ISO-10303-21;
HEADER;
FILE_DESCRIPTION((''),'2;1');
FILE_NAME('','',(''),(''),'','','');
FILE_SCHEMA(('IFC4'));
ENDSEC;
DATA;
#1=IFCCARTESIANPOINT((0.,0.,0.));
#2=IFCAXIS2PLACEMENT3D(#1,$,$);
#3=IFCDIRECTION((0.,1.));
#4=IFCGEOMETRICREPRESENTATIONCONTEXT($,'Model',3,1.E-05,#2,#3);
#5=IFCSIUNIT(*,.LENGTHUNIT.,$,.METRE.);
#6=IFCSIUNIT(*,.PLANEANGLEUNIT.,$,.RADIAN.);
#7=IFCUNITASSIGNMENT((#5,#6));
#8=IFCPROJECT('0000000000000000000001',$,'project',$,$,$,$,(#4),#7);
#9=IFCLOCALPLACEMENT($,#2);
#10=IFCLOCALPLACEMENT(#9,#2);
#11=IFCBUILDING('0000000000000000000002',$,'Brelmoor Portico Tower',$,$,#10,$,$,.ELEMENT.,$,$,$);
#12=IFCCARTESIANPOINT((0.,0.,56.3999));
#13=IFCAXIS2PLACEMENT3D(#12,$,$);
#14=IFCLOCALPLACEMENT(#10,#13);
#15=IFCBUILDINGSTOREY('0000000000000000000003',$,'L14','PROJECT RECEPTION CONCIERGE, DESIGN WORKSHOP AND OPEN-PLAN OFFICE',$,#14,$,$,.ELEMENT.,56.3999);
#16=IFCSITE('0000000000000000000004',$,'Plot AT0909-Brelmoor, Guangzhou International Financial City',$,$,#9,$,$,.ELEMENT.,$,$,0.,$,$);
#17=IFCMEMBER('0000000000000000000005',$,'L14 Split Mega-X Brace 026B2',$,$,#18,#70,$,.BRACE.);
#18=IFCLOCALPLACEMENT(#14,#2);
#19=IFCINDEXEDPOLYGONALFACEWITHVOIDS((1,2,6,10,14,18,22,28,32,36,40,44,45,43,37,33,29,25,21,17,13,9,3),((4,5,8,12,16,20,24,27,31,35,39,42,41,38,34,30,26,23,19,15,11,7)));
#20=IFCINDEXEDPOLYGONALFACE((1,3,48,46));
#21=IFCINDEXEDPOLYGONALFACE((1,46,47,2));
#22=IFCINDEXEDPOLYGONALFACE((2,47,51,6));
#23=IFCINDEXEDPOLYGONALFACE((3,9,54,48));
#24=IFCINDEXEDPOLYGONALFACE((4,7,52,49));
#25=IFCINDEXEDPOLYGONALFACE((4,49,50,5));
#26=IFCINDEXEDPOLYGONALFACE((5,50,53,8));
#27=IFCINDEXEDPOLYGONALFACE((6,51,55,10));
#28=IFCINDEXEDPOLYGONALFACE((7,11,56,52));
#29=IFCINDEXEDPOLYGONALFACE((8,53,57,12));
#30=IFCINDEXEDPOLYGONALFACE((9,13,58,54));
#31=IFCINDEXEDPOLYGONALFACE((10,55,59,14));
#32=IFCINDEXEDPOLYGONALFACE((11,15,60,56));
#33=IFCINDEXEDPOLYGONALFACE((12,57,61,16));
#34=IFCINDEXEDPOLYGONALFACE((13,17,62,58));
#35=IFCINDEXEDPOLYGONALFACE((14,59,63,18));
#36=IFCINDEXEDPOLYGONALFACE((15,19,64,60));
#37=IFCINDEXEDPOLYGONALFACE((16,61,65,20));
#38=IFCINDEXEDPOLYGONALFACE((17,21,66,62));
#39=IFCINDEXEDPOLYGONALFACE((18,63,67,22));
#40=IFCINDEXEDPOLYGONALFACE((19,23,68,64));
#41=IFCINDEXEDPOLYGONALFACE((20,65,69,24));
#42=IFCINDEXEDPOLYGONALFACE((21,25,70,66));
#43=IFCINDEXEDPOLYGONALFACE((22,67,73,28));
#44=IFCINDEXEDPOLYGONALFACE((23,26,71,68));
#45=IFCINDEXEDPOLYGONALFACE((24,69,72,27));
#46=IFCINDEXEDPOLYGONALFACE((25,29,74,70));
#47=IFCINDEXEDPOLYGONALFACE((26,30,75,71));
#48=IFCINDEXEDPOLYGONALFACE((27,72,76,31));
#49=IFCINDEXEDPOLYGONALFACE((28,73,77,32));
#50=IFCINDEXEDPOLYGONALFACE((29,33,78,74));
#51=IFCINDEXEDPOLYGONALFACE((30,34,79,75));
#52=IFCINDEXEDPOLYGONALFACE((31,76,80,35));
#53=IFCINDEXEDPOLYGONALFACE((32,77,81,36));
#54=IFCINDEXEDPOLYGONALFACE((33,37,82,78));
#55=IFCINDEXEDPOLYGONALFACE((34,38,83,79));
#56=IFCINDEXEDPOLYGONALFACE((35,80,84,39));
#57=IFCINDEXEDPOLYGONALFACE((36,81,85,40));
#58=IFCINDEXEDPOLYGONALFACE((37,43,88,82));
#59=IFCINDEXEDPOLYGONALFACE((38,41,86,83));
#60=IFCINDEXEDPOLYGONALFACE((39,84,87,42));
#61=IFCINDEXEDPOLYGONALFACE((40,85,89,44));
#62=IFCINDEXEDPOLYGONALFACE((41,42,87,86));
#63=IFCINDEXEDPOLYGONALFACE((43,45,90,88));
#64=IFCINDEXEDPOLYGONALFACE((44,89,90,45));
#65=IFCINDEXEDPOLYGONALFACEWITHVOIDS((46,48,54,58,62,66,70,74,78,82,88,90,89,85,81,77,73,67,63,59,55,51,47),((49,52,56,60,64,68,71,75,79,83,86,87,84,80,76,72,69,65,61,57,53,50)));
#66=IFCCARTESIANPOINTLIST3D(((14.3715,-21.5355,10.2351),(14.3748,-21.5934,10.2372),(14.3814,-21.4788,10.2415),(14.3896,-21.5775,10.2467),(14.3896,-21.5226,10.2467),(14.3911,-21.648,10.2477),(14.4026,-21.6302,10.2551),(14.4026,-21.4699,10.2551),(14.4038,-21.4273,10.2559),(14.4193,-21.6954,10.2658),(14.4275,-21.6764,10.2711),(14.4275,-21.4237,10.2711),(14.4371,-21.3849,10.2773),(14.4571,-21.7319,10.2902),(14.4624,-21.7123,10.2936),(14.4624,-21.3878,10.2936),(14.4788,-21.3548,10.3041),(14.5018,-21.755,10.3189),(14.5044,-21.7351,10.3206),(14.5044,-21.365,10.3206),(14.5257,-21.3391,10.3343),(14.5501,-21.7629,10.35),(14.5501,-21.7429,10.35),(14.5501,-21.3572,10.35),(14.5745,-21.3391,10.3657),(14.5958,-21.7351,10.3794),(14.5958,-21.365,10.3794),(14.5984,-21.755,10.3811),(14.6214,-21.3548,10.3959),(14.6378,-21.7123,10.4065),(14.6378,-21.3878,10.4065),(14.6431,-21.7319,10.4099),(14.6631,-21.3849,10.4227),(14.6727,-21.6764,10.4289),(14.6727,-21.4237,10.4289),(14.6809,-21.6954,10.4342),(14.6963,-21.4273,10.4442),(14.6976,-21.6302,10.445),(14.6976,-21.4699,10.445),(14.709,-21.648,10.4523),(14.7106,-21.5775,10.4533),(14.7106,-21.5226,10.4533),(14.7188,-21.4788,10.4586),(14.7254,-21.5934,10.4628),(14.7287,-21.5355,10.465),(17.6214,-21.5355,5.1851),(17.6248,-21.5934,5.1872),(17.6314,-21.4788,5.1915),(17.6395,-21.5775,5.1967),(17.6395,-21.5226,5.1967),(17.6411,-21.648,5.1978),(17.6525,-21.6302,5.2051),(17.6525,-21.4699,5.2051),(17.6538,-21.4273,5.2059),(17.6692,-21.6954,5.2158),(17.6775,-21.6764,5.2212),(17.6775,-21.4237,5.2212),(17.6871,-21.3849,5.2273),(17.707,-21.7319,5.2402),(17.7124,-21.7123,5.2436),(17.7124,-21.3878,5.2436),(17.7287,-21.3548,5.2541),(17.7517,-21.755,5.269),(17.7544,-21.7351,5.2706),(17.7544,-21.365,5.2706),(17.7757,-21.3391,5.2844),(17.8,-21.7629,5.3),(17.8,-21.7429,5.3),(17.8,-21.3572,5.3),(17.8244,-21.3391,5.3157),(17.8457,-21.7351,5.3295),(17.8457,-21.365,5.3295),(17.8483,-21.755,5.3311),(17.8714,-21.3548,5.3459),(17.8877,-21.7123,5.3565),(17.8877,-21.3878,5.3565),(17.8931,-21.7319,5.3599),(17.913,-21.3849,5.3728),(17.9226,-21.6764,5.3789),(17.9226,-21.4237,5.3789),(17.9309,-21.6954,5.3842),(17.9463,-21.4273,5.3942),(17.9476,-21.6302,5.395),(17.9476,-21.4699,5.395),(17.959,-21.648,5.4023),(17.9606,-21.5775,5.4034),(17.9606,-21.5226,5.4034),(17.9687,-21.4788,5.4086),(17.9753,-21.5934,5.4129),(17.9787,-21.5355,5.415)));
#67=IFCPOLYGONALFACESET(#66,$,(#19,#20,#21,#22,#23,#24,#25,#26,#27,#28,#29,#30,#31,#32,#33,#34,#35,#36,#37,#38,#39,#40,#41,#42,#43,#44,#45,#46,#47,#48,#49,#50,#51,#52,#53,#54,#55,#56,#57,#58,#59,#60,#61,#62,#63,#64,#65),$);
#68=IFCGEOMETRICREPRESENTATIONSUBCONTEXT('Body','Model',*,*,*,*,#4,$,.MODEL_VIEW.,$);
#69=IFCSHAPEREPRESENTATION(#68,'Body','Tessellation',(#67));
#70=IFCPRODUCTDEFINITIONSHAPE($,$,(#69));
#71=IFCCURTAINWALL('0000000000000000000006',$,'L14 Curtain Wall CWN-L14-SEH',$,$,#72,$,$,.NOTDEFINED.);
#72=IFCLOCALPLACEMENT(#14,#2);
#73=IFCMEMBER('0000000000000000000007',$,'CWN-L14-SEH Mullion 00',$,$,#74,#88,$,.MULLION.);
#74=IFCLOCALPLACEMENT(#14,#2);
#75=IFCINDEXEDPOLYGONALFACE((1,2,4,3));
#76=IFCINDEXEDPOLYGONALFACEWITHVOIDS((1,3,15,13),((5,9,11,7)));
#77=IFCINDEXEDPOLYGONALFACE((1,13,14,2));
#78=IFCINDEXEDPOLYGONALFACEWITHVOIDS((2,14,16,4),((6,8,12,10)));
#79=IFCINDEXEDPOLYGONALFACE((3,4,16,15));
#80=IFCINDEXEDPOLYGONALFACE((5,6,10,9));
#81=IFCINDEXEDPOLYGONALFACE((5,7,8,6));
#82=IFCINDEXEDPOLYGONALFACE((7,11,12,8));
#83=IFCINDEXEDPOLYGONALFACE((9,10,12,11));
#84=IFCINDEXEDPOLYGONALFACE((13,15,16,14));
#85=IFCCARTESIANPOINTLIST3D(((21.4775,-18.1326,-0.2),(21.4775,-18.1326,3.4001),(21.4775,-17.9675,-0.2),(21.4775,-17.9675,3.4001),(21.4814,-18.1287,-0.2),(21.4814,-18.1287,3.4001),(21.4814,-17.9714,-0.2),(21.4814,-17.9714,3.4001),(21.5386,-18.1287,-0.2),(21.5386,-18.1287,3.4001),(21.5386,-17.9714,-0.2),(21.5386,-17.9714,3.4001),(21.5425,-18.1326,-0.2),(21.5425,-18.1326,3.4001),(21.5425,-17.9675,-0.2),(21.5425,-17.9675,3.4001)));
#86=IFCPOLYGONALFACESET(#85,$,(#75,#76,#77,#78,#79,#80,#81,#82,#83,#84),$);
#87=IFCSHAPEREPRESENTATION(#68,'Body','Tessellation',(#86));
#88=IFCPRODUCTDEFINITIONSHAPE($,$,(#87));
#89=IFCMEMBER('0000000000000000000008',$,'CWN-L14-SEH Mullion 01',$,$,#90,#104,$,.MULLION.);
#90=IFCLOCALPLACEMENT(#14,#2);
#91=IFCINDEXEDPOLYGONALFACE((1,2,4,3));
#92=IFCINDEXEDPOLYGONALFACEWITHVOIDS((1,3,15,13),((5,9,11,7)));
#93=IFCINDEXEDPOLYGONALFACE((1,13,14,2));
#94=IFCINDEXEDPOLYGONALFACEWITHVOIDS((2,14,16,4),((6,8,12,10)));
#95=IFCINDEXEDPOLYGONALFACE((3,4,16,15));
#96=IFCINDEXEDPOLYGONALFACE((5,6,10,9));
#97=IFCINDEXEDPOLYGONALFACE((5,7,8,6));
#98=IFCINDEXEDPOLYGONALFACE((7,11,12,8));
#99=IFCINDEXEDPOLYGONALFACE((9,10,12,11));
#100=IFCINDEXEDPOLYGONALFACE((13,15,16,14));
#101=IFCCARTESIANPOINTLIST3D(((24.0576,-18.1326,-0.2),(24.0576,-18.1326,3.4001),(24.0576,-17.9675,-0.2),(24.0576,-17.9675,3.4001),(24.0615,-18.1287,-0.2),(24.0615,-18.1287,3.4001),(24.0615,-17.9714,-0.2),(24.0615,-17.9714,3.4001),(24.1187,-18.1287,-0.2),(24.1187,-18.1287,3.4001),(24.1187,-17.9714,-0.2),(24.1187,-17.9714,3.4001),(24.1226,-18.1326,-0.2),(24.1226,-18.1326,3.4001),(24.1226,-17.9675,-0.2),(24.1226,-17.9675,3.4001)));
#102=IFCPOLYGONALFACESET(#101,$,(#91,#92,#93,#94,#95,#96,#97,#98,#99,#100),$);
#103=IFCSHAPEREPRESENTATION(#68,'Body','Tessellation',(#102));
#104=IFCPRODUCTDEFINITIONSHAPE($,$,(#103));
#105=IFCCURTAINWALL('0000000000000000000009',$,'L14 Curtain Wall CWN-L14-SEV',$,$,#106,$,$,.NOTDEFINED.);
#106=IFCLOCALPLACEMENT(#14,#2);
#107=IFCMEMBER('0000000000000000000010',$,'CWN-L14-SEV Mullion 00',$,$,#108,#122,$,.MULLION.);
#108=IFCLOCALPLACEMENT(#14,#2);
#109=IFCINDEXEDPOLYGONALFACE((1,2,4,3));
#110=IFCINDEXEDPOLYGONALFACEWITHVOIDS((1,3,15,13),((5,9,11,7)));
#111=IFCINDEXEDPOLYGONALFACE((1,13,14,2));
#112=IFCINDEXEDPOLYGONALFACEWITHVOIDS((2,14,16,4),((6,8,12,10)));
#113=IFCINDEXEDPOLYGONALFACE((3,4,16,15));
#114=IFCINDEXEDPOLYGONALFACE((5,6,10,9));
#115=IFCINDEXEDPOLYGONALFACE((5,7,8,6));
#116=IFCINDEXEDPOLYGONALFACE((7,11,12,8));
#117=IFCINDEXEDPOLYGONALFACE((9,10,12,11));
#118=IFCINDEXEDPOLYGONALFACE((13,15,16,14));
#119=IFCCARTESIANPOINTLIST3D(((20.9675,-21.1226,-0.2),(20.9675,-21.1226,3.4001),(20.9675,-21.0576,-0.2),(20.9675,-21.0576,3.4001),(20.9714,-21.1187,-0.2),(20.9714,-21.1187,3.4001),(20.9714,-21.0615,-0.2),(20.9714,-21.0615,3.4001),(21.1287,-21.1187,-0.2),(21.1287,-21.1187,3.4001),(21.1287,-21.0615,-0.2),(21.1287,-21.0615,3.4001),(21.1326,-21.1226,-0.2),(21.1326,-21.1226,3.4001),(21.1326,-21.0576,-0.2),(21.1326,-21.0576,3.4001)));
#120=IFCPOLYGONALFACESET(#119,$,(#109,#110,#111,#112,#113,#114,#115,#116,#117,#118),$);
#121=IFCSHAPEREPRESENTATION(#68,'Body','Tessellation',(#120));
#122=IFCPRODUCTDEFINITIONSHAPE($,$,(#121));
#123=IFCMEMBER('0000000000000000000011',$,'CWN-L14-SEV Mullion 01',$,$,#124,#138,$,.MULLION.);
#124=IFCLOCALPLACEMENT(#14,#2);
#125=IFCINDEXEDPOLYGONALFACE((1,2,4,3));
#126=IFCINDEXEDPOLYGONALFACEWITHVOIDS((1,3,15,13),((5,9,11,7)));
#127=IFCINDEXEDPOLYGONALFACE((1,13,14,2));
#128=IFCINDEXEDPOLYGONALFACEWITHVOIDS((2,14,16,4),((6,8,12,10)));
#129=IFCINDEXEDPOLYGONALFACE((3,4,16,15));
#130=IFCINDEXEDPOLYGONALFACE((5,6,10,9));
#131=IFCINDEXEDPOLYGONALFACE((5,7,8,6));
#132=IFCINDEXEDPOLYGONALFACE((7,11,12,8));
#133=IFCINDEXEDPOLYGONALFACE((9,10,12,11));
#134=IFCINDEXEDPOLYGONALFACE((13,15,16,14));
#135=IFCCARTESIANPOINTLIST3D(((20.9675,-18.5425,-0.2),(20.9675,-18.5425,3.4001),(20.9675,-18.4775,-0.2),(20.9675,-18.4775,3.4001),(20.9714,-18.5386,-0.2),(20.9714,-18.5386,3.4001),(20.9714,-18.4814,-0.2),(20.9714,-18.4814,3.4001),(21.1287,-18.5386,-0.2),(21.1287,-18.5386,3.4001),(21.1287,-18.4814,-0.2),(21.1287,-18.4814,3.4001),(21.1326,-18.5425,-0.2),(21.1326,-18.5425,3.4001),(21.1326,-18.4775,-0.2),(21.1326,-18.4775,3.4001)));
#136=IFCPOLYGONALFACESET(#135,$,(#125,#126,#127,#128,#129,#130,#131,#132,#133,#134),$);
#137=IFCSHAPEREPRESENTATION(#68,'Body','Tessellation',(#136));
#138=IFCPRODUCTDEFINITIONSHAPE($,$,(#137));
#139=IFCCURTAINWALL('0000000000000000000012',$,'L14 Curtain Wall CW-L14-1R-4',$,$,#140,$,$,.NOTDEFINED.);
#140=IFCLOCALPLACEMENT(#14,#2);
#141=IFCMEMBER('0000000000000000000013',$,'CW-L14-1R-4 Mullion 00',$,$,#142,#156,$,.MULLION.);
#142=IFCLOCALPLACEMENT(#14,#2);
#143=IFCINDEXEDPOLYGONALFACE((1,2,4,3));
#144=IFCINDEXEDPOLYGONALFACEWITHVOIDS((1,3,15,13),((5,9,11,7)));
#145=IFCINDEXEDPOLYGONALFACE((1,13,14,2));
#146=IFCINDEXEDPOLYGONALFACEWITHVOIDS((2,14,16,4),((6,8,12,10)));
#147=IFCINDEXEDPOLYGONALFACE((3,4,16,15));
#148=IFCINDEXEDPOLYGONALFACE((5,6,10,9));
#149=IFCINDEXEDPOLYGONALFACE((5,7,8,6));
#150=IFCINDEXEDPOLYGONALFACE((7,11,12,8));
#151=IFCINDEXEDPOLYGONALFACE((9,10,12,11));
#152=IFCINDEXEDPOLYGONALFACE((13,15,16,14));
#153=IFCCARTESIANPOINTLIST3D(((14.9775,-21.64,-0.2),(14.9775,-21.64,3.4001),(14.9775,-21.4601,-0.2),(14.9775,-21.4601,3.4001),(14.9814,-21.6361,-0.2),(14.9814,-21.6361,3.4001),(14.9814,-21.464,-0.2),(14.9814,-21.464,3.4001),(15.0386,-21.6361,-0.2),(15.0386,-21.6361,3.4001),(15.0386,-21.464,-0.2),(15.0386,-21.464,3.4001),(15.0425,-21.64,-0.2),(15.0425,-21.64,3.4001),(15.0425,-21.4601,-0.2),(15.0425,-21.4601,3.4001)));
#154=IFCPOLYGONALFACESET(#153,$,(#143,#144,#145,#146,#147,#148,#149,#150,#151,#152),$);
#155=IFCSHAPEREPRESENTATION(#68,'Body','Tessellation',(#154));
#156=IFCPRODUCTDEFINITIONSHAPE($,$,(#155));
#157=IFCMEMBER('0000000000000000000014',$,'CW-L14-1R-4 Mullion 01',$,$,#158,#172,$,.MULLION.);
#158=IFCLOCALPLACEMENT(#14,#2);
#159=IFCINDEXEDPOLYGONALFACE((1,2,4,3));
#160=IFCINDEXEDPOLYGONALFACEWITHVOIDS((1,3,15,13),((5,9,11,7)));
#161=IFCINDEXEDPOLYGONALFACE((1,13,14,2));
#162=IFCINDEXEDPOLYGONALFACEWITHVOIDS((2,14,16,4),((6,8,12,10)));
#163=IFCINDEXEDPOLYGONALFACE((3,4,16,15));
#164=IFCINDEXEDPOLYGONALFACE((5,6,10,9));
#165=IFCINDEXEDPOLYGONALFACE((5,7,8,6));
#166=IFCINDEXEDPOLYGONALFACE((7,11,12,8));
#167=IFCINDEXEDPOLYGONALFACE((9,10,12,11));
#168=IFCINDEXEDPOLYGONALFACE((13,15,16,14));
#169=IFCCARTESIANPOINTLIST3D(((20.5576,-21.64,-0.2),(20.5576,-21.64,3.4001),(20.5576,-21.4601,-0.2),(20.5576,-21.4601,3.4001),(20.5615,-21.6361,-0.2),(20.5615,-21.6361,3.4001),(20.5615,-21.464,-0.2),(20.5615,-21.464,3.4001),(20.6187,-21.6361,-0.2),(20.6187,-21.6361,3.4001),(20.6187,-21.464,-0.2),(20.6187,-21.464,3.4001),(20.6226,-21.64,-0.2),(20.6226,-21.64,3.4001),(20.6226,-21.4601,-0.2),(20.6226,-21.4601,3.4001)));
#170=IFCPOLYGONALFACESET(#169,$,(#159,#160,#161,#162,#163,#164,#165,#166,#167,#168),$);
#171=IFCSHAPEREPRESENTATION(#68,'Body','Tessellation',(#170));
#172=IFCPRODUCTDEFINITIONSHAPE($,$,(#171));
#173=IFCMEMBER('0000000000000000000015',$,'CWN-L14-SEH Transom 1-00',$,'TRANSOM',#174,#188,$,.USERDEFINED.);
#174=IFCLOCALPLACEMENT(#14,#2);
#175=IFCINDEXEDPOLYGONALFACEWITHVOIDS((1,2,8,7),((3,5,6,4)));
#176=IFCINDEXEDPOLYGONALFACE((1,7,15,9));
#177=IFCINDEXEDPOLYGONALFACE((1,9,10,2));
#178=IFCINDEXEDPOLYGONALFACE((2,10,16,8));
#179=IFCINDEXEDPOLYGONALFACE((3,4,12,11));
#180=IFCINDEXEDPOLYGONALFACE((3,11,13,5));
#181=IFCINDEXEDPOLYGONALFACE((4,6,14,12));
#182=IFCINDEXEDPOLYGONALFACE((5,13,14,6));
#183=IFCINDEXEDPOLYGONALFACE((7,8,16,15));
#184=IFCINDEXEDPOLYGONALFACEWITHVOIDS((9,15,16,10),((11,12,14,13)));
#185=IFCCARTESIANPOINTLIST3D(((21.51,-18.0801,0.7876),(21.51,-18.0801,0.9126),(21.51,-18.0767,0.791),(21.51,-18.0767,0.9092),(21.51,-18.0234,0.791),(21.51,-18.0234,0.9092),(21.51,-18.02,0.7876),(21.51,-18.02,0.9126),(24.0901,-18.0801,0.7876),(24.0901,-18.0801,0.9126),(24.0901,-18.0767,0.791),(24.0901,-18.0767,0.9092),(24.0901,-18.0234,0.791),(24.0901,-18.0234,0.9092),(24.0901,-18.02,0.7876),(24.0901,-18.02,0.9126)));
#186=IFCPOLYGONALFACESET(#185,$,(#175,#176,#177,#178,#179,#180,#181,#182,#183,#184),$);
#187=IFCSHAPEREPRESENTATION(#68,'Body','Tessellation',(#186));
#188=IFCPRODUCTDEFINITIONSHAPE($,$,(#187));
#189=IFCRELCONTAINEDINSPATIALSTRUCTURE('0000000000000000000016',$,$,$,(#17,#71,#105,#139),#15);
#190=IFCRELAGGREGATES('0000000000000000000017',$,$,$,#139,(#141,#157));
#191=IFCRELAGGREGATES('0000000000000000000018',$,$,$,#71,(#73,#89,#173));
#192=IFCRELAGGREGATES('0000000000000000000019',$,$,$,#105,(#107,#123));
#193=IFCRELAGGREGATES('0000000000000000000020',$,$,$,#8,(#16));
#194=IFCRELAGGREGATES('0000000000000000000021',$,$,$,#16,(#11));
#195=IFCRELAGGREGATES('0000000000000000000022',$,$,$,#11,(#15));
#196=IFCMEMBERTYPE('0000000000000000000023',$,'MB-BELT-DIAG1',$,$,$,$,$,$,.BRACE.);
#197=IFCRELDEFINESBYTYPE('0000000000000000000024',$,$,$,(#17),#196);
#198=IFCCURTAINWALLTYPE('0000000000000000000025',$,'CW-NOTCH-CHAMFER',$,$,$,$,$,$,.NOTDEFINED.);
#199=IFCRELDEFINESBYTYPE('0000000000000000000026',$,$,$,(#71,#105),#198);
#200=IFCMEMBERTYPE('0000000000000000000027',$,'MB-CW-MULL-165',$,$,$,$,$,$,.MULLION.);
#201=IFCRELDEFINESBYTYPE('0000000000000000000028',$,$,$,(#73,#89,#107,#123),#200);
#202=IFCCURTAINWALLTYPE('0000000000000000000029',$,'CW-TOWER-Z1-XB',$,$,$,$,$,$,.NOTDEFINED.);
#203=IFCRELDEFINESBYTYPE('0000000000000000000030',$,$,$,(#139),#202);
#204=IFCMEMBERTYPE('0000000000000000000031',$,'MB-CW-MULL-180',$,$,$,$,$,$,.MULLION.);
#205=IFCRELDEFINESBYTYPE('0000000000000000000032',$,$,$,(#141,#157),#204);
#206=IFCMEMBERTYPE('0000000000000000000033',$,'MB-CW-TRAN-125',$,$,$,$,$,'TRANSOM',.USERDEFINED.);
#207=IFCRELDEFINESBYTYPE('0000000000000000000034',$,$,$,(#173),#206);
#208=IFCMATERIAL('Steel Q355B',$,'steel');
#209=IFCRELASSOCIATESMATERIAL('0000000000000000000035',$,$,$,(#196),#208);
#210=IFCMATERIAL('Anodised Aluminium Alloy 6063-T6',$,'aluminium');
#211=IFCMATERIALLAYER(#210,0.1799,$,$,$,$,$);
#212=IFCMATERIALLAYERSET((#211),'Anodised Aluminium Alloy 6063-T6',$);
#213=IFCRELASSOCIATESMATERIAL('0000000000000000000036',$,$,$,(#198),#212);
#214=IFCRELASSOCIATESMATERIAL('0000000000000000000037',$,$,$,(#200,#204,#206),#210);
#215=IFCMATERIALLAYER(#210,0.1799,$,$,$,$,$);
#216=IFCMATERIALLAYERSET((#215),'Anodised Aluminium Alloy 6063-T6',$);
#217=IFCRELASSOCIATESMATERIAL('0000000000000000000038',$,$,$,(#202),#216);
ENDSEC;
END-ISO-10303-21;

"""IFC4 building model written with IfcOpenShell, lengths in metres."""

from ifc_helpers import new_model, si_unit, direction, frame, origin, origin_2d, place, context, subcontext, project, spatial, hollow_rectangle, hollow_circle, extrude, material, layer, layer_set, material_profile, profile_set, type_object, element, aggregate, save


model = new_model("IFC4")

# Units and contexts
model_context = context("Model", 3, precision=1e-05, world=origin(), true_north=direction((0.0, 1.0)))
body_context = subcontext(model_context, "Body", "Model", "MODEL_VIEW")
ifc_project = project(units=[si_unit("LENGTHUNIT", "METRE"), si_unit("PLANEANGLEUNIT", "RADIAN")], contexts=[model_context])

# Site, building, storey
site_placement = place(None, origin())
site = spatial("IfcSite", under=ifc_project, at=site_placement, Name="Plot AT0909-Brelmoor, Guangzhou International Financial City", CompositionType="ELEMENT", RefElevation=0.0)
building_placement = place(site_placement, origin())
building = spatial("IfcBuilding", under=site, at=building_placement, Name="Brelmoor Portico Tower", CompositionType="ELEMENT")
storey_placement = place(building_placement, frame((0.0, 0.0, 56.3999)))
storey = spatial("IfcBuildingStorey", under=building, at=storey_placement, Name="L14", Description="PROJECT RECEPTION CONCIERGE, DESIGN WORKSHOP AND OPEN-PLAN OFFICE", CompositionType="ELEMENT", Elevation=56.3999)

# Shared definitions
ifc_material_1 = material(Name="Steel Q355B", Category="steel")

# Member
ifc_material_profile_1 = material_profile(ifc_material_1, hollow_circle(Radius=0.2129, WallThickness=0.02, at=origin_2d()), Name="CHS 426x20")
ifc_profile_set_1 = profile_set([ifc_material_profile_1], Name="Steel Q355B")
member_type_1 = type_object("IfcMemberType", Name="MB-BELT-DIAG1", PredefinedType="BRACE", material=ifc_profile_set_1)
for number, where, z_axis, x_axis, name in (
    (1, (17.8, -21.55, 5.3), (-0.541175, 0.0, 0.84091), (0.0, -1.0, 0.0), "L14 Split Mega-X Brace 026B2"),
):
    element("IfcMember", number, at=place(storey_placement, frame(where, z_axis=z_axis, x_axis=x_axis)), inside=storey, type_object=member_type_1, Name=name, PredefinedType="BRACE", context=body_context, shape_type="SweptSolid", body=[
        extrude(hollow_circle(Radius=0.2129, WallThickness=0.02, at=origin_2d()), origin(), (0.0, 0.0, 1.0), 6.0054),
    ])

# Curtain walls, members
ifc_material_2 = material(Name="Anodised Aluminium Alloy 6063-T6", Category="aluminium")
ifc_layer_1 = layer(ifc_material_2, 0.1799)
ifc_layer_set_1 = layer_set([ifc_layer_1], Name="Anodised Aluminium Alloy 6063-T6")
curtain_wall_type_1 = type_object("IfcCurtainWallType", Name="CW-NOTCH-CHAMFER", PredefinedType="NOTDEFINED", material=ifc_layer_set_1)
curtain_wall_1_placement = place(storey_placement, origin())
curtain_wall_1 = element("IfcCurtainWall", 2, at=curtain_wall_1_placement, inside=storey, type_object=curtain_wall_type_1, Name="L14 Curtain Wall CWN-L14-SEH", PredefinedType="NOTDEFINED")
ifc_material_profile_2 = material_profile(ifc_material_2, hollow_rectangle(XDim=0.0649, YDim=0.165, WallThickness=0.0039, at=origin_2d()), Name="ALU MULLION 65x165")
ifc_profile_set_2 = profile_set([ifc_material_profile_2], Name="Anodised Aluminium Alloy 6063-T6")
member_type_2 = type_object("IfcMemberType", Name="MB-CW-MULL-165", PredefinedType="MULLION", material=ifc_profile_set_2)
member_1_placement = place(storey_placement, frame((21.51, -18.05, -0.2), z_axis=(0.0, 0.0, 1.0), x_axis=(1.0, 0.0, 0.0)))
member_1 = element("IfcMember", 3, at=member_1_placement, type_object=member_type_2, Name="CWN-L14-SEH Mullion 00", PredefinedType="MULLION", context=body_context, shape_type="SweptSolid", body=[
    extrude(hollow_rectangle(XDim=0.0649, YDim=0.165, WallThickness=0.0039, at=origin_2d()), origin(), (0.0, 0.0, 1.0), 3.6001),
])
member_2_placement = place(storey_placement, frame((24.0901, -18.05, -0.2), z_axis=(0.0, 0.0, 1.0), x_axis=(1.0, 0.0, 0.0)))
member_2 = element("IfcMember", 4, at=member_2_placement, type_object=member_type_2, Name="CWN-L14-SEH Mullion 01", PredefinedType="MULLION", context=body_context, shape_type="SweptSolid", body=[
    extrude(hollow_rectangle(XDim=0.0649, YDim=0.165, WallThickness=0.0039, at=origin_2d()), origin(), (0.0, 0.0, 1.0), 3.6001),
])
curtain_wall_2_placement = place(storey_placement, origin())
curtain_wall_2 = element("IfcCurtainWall", 5, at=curtain_wall_2_placement, inside=storey, type_object=curtain_wall_type_1, Name="L14 Curtain Wall CWN-L14-SEV", PredefinedType="NOTDEFINED")
member_3_placement = place(storey_placement, frame((21.05, -21.0901, -0.2), z_axis=(0.0, 0.0, 1.0), x_axis=(0.0, 1.0, 0.0)))
member_3 = element("IfcMember", 6, at=member_3_placement, type_object=member_type_2, Name="CWN-L14-SEV Mullion 00", PredefinedType="MULLION", context=body_context, shape_type="SweptSolid", body=[
    extrude(hollow_rectangle(XDim=0.0649, YDim=0.165, WallThickness=0.0039, at=origin_2d()), origin(), (0.0, 0.0, 1.0), 3.6001),
])
member_4_placement = place(storey_placement, frame((21.05, -18.51, -0.2), z_axis=(0.0, 0.0, 1.0), x_axis=(0.0, 1.0, 0.0)))
member_4 = element("IfcMember", 7, at=member_4_placement, type_object=member_type_2, Name="CWN-L14-SEV Mullion 01", PredefinedType="MULLION", context=body_context, shape_type="SweptSolid", body=[
    extrude(hollow_rectangle(XDim=0.0649, YDim=0.165, WallThickness=0.0039, at=origin_2d()), origin(), (0.0, 0.0, 1.0), 3.6001),
])
ifc_layer_2 = layer(ifc_material_2, 0.1799)
ifc_layer_set_2 = layer_set([ifc_layer_2], Name="Anodised Aluminium Alloy 6063-T6")
curtain_wall_type_2 = type_object("IfcCurtainWallType", Name="CW-TOWER-Z1-XB", PredefinedType="NOTDEFINED", material=ifc_layer_set_2)
curtain_wall_3_placement = place(storey_placement, origin())
curtain_wall_3 = element("IfcCurtainWall", 8, at=curtain_wall_3_placement, inside=storey, type_object=curtain_wall_type_2, Name="L14 Curtain Wall CW-L14-1R-4", PredefinedType="NOTDEFINED")
ifc_material_profile_3 = material_profile(ifc_material_2, hollow_rectangle(XDim=0.0649, YDim=0.1799, WallThickness=0.0039, at=origin_2d()), Name="ALU MULLION 65x180")
ifc_profile_set_3 = profile_set([ifc_material_profile_3], Name="Anodised Aluminium Alloy 6063-T6")
member_type_3 = type_object("IfcMemberType", Name="MB-CW-MULL-180", PredefinedType="MULLION", material=ifc_profile_set_3)
member_5_placement = place(storey_placement, frame((15.01, -21.55, -0.2), z_axis=(0.0, 0.0, 1.0), x_axis=(1.0, 0.0, 0.0)))
member_5 = element("IfcMember", 9, at=member_5_placement, type_object=member_type_3, Name="CW-L14-1R-4 Mullion 00", PredefinedType="MULLION", context=body_context, shape_type="SweptSolid", body=[
    extrude(hollow_rectangle(XDim=0.0649, YDim=0.1799, WallThickness=0.0039, at=origin_2d()), origin(), (0.0, 0.0, 1.0), 3.6001),
])
member_6_placement = place(storey_placement, frame((20.5901, -21.55, -0.2), z_axis=(0.0, 0.0, 1.0), x_axis=(1.0, 0.0, 0.0)))
member_6 = element("IfcMember", 10, at=member_6_placement, type_object=member_type_3, Name="CW-L14-1R-4 Mullion 01", PredefinedType="MULLION", context=body_context, shape_type="SweptSolid", body=[
    extrude(hollow_rectangle(XDim=0.0649, YDim=0.1799, WallThickness=0.0039, at=origin_2d()), origin(), (0.0, 0.0, 1.0), 3.6001),
])

# Member
ifc_material_profile_4 = material_profile(ifc_material_2, hollow_rectangle(XDim=0.0601, YDim=0.125, WallThickness=0.0034, at=origin_2d()), Name="ALU TRANSOM 60x125")
ifc_profile_set_4 = profile_set([ifc_material_profile_4], Name="Anodised Aluminium Alloy 6063-T6")
member_type_4 = type_object("IfcMemberType", Name="MB-CW-TRAN-125", ElementType="TRANSOM", PredefinedType="USERDEFINED", material=ifc_profile_set_4)
member_7_placement = place(storey_placement, frame((21.51, -18.05, 0.8501), z_axis=(1.0, 0.0, 0.0), x_axis=(0.0, 1.0, 0.0)))
member_7 = element("IfcMember", 11, at=member_7_placement, type_object=member_type_4, Name="CWN-L14-SEH Transom 1-00", ObjectType="TRANSOM", PredefinedType="USERDEFINED", context=body_context, shape_type="SweptSolid", body=[
    extrude(hollow_rectangle(XDim=0.0601, YDim=0.125, WallThickness=0.0034, at=origin_2d()), origin(), (0.0, 0.0, 1.0), 2.5801),
])

aggregate(curtain_wall_3, [member_5, member_6])
aggregate(curtain_wall_1, [member_1, member_2, member_7])
aggregate(curtain_wall_2, [member_3, member_4])

save(model, "model.ifc")
